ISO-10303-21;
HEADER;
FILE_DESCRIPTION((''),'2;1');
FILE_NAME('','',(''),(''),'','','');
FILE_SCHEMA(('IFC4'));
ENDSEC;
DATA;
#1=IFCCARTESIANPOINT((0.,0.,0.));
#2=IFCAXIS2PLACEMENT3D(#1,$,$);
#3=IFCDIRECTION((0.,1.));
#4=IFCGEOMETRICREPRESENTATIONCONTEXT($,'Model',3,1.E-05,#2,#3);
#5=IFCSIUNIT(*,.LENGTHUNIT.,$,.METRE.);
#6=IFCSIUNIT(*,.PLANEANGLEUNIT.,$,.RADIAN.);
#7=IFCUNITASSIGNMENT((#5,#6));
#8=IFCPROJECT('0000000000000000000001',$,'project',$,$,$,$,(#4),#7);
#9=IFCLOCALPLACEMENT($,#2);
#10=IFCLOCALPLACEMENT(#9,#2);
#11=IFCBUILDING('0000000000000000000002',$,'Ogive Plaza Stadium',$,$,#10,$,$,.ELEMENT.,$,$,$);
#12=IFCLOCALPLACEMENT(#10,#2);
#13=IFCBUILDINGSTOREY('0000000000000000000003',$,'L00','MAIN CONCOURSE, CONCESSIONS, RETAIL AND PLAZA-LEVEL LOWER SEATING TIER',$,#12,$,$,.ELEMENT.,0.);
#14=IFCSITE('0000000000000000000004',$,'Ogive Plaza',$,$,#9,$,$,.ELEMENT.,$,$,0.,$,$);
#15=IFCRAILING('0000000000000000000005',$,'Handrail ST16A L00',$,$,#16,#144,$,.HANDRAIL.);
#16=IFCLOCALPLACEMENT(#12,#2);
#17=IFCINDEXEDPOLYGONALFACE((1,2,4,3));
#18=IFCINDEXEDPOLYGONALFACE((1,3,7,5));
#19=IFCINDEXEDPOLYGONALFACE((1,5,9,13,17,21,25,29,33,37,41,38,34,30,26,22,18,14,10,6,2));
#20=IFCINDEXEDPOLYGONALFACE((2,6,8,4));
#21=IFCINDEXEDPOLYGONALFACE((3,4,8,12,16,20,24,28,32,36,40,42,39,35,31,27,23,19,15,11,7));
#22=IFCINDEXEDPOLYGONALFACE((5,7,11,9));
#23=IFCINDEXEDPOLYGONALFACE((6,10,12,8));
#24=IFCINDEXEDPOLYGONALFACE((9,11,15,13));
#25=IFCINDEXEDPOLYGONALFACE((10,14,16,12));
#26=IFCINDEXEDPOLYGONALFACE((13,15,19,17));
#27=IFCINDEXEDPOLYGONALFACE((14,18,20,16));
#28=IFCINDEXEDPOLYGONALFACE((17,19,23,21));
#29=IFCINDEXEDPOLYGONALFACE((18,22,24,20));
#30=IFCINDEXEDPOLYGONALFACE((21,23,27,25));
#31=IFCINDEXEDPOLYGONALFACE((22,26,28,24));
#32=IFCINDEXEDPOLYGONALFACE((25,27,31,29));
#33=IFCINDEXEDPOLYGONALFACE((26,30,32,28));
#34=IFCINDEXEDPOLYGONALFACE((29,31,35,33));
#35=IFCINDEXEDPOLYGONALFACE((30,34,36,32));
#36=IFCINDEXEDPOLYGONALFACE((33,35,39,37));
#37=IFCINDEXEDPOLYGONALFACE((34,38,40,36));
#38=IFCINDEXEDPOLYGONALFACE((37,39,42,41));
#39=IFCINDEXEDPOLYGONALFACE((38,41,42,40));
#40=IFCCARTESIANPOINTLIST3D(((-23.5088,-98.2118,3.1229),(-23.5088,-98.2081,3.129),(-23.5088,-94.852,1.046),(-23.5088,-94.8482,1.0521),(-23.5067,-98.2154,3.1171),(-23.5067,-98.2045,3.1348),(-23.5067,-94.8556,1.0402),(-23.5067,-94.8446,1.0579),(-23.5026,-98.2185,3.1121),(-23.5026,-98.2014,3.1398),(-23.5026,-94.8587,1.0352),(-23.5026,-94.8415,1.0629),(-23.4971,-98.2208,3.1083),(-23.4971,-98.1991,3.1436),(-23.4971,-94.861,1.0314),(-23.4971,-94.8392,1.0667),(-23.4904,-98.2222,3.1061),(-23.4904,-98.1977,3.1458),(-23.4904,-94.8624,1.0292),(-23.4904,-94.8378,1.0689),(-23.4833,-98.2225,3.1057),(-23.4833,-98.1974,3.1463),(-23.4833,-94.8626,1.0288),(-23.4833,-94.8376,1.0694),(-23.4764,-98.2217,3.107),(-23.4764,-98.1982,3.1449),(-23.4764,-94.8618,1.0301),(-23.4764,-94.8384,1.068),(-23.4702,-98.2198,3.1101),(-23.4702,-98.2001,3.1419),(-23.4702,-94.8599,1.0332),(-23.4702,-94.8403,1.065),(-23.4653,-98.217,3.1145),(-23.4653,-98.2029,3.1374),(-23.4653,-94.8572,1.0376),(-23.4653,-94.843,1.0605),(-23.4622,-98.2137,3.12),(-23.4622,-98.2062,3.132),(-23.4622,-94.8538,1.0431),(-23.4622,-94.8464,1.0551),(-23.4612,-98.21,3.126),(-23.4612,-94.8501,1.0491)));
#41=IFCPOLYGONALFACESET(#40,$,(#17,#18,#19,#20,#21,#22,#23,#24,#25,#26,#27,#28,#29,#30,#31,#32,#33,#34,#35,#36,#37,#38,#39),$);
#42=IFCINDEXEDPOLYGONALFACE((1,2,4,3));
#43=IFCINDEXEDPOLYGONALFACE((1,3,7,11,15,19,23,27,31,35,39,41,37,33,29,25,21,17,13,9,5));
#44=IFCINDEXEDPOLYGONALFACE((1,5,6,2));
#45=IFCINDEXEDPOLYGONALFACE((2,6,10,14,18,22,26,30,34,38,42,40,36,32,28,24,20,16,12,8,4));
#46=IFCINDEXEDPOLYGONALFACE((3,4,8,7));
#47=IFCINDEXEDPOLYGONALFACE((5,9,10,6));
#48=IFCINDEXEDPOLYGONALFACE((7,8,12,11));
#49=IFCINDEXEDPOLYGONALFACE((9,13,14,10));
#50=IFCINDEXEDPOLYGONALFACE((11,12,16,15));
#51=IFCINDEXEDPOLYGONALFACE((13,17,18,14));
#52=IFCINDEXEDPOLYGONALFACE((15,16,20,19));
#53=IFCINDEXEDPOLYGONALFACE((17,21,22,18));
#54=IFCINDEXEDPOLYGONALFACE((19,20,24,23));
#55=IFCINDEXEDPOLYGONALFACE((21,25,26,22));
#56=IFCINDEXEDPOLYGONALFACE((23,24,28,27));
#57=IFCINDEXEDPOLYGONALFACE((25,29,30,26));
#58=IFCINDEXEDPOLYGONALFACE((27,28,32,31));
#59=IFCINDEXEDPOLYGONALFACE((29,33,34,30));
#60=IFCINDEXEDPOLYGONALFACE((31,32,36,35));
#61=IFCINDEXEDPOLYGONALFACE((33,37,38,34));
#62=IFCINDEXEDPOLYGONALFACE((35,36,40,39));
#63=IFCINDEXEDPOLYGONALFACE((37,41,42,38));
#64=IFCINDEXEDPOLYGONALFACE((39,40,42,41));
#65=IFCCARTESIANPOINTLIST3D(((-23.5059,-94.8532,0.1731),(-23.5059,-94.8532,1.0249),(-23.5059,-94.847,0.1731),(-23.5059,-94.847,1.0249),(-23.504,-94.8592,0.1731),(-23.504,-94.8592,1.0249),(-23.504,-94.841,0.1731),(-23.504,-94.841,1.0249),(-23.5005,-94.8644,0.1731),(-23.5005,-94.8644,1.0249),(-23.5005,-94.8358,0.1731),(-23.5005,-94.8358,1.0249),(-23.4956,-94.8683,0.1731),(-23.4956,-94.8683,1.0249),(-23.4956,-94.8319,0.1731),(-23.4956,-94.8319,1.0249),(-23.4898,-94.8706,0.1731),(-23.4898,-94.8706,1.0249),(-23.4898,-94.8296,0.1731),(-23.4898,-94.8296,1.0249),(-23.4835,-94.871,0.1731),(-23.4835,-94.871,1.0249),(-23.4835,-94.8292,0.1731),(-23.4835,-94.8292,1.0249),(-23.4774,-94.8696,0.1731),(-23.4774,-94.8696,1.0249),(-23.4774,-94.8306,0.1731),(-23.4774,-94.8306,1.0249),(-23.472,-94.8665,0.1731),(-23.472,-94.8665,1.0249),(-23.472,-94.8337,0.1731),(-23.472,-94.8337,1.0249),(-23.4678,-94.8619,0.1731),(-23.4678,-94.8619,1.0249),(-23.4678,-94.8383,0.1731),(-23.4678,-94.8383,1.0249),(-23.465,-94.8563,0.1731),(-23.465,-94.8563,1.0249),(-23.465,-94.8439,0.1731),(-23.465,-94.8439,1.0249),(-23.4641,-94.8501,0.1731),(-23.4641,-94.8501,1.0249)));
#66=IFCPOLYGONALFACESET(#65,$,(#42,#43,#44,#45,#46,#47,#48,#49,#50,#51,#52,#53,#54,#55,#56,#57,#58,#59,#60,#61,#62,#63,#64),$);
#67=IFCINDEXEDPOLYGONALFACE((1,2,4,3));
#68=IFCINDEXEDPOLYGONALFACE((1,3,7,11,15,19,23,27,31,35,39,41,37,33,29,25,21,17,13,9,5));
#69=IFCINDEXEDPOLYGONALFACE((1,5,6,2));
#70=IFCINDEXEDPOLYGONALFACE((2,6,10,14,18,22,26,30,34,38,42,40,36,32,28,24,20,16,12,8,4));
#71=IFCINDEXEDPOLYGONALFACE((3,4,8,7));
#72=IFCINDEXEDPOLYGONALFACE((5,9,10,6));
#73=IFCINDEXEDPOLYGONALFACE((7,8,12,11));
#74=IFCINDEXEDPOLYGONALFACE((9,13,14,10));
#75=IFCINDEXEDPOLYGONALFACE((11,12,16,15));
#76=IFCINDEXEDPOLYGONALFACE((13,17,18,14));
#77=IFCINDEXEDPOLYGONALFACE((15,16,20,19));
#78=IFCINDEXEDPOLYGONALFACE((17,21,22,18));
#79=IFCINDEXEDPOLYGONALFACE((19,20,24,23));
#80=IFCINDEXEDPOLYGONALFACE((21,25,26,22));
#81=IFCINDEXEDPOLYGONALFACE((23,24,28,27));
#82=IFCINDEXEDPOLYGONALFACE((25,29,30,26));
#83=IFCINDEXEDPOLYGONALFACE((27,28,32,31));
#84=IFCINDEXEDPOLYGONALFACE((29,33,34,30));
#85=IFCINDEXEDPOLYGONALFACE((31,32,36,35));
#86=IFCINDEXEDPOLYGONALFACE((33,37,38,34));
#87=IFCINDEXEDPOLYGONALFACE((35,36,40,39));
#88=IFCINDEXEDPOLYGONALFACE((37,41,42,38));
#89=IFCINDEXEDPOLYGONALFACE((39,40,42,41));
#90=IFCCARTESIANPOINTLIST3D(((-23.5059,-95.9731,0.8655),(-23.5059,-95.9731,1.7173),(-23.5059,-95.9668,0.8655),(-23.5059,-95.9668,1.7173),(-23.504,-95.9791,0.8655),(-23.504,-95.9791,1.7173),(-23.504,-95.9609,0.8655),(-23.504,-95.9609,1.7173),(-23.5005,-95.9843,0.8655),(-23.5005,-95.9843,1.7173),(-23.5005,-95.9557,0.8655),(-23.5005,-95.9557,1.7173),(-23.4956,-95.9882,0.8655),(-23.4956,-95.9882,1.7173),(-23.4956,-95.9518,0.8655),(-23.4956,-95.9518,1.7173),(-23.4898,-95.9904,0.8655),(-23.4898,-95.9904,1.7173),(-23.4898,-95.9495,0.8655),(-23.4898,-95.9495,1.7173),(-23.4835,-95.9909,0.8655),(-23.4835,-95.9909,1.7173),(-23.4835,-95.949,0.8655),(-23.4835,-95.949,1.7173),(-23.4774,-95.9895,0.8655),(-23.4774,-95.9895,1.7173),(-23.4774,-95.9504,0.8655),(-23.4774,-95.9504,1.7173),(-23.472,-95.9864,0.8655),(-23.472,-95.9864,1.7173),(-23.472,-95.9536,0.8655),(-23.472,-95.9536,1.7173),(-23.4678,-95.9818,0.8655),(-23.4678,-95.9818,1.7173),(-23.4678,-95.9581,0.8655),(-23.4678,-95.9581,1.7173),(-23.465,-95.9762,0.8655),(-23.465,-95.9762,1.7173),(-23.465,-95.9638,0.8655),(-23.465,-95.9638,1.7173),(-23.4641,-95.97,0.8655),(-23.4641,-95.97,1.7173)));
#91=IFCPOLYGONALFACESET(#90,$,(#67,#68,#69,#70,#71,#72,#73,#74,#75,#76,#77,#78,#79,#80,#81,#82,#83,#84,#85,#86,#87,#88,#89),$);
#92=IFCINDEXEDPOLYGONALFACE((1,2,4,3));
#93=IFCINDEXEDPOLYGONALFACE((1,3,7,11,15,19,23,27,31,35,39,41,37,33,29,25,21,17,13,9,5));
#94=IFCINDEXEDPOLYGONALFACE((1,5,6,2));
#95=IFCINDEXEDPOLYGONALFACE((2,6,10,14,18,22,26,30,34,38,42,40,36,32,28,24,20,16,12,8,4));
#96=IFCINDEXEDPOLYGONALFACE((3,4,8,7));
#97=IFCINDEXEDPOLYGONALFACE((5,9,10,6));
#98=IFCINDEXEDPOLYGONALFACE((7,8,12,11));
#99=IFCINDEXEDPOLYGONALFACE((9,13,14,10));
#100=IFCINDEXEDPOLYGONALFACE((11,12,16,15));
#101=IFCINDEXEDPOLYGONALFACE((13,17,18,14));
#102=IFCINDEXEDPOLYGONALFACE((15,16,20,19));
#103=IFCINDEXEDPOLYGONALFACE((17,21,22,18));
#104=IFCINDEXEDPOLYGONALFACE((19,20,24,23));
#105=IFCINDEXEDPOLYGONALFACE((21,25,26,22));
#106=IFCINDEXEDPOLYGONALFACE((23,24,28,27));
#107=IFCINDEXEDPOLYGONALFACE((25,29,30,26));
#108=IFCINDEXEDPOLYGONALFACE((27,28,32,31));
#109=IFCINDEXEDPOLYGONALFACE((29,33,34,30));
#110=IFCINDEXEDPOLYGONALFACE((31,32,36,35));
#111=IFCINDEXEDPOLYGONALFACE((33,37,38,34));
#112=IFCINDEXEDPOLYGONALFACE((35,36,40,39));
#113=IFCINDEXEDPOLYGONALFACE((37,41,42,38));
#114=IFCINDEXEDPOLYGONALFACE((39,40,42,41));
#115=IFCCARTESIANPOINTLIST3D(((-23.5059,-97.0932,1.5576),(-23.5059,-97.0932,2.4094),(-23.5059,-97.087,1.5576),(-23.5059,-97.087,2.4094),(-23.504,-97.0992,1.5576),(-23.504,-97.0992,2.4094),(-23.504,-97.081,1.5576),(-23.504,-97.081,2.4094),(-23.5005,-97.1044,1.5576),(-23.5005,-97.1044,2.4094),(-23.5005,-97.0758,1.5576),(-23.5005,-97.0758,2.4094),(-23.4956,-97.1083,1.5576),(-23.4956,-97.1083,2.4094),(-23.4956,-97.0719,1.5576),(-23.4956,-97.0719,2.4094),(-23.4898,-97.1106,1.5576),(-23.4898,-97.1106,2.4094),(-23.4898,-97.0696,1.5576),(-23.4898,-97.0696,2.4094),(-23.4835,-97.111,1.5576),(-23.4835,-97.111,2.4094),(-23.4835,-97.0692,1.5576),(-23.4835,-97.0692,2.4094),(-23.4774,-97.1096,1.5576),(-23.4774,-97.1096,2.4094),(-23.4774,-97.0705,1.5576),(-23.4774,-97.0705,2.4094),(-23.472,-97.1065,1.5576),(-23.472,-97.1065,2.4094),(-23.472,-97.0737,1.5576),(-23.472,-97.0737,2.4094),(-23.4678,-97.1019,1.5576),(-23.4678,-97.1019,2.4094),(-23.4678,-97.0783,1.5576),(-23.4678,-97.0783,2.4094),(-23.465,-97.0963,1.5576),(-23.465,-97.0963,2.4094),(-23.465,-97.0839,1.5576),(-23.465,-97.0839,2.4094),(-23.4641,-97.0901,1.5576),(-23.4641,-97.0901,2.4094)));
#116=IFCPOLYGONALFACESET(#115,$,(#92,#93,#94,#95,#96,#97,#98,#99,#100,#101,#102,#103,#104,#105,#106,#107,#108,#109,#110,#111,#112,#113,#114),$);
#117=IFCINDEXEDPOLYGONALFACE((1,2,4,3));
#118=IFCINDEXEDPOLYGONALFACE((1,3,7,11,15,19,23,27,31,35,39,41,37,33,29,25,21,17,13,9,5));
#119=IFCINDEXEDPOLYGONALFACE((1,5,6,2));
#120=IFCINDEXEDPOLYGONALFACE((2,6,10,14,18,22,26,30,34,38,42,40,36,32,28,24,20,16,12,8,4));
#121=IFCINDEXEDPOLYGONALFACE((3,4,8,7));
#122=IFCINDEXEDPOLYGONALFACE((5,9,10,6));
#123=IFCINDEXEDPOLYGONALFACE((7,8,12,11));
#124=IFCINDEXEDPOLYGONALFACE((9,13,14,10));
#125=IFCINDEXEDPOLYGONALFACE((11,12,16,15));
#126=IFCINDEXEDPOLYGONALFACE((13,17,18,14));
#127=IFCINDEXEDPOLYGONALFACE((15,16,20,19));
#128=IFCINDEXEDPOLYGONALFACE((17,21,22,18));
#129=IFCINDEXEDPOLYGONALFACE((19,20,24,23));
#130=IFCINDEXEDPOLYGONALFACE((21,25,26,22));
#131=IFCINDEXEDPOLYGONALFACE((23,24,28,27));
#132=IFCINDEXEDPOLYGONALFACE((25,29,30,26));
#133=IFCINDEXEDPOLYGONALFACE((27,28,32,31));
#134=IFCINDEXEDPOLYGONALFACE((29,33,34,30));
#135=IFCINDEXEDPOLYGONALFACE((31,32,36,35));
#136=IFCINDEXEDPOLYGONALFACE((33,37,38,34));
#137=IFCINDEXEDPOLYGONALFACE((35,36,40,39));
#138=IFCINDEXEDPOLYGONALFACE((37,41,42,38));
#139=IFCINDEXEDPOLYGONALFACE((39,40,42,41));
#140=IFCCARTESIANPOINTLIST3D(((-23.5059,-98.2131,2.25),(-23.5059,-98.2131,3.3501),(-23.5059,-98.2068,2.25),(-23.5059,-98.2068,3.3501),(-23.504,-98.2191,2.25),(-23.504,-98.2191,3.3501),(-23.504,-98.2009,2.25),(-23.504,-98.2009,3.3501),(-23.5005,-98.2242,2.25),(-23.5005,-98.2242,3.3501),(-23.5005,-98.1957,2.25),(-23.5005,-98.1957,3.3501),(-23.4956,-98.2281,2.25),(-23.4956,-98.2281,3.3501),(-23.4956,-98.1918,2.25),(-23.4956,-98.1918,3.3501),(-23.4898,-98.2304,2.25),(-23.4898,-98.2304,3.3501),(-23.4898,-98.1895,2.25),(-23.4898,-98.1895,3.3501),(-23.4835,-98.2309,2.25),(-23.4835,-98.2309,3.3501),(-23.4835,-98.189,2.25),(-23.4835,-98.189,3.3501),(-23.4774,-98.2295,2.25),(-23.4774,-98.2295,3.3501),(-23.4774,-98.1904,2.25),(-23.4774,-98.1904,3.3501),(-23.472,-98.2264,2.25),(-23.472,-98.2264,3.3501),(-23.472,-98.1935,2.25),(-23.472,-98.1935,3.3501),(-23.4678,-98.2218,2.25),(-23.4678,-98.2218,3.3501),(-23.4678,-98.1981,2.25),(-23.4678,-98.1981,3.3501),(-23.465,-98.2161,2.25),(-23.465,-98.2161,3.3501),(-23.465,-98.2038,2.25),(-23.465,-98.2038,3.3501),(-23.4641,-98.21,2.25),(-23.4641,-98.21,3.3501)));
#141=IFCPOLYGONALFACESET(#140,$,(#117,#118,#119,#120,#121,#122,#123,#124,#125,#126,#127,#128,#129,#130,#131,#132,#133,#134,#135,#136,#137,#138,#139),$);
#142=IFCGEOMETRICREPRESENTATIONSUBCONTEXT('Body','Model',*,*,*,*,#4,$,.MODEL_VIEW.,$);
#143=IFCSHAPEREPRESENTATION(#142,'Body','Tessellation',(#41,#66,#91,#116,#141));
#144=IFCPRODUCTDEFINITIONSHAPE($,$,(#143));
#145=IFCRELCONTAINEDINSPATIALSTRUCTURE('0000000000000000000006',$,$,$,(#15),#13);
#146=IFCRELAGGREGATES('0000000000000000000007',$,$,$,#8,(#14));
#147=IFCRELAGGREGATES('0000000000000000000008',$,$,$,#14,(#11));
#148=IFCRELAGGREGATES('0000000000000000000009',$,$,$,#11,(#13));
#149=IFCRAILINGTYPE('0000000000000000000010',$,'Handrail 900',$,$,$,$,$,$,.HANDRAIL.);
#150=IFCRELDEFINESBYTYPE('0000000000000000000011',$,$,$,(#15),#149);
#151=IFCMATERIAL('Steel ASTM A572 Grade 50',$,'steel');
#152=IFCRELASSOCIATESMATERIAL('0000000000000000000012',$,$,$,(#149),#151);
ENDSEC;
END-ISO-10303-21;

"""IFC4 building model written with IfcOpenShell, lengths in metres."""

from ifc_helpers import new_model, si_unit, direction, frame, origin, origin_2d, place, context, subcontext, project, spatial, circle, extrude, material, type_object, element, save


model = new_model("IFC4")

# Units and contexts
model_context = context("Model", 3, precision=1e-05, world=origin(), true_north=direction((0.0, 1.0)))
body_context = subcontext(model_context, "Body", "Model", "MODEL_VIEW")
ifc_project = project(units=[si_unit("LENGTHUNIT", "METRE"), si_unit("PLANEANGLEUNIT", "RADIAN")], contexts=[model_context])

# Site, building, storey
site_placement = place(None, origin())
site = spatial("IfcSite", under=ifc_project, at=site_placement, Name="Ogive Plaza", CompositionType="ELEMENT", RefElevation=0.0)
building_placement = place(site_placement, origin())
building = spatial("IfcBuilding", under=site, at=building_placement, Name="Ogive Plaza Stadium", CompositionType="ELEMENT")
storey_placement = place(building_placement, origin())
storey = spatial("IfcBuildingStorey", under=building, at=storey_placement, Name="L00", Description="MAIN CONCOURSE, CONCESSIONS, RETAIL AND PLAZA-LEVEL LOWER SEATING TIER", CompositionType="ELEMENT", Elevation=0.0)

# Railing
ifc_material_1 = material(Name="Steel ASTM A572 Grade 50", Category="steel")
railing_type_1 = type_object("IfcRailingType", Name="Handrail 900", PredefinedType="HANDRAIL", material=ifc_material_1)
for number, where, name in (
    (1, (-23.4851, -94.8501, 0.1731), "Handrail ST16A L00"),
):
    element("IfcRailing", number, at=place(storey_placement, frame(where)), inside=storey, type_object=railing_type_1, Name=name, PredefinedType="HANDRAIL", context=body_context, shape_type="SweptSolid", body=[
        extrude(circle(Radius=0.0239, at=origin_2d()), frame((0.0, 0.0, 0.876), z_axis=(0.0, -0.850606, 0.525803), x_axis=(1.0, 0.0, 0.0)), (0.0, 0.0, 1.0), 3.95),
        extrude(circle(Radius=0.021, at=origin_2d()), origin(), (0.0, 0.0, 1.0), 0.8518),
        extrude(circle(Radius=0.021, at=origin_2d()), frame((0.0, -1.1199, 0.6924)), (0.0, 0.0, 1.0), 0.8518),
        extrude(circle(Radius=0.021, at=origin_2d()), frame((0.0, -2.24, 1.3845)), (0.0, 0.0, 1.0), 0.8518),
        extrude(circle(Radius=0.021, at=origin_2d()), frame((0.0, -3.3599, 2.0769)), (0.0, 0.0, 1.0), 1.1001),
    ])

save(model, "model.ifc")
